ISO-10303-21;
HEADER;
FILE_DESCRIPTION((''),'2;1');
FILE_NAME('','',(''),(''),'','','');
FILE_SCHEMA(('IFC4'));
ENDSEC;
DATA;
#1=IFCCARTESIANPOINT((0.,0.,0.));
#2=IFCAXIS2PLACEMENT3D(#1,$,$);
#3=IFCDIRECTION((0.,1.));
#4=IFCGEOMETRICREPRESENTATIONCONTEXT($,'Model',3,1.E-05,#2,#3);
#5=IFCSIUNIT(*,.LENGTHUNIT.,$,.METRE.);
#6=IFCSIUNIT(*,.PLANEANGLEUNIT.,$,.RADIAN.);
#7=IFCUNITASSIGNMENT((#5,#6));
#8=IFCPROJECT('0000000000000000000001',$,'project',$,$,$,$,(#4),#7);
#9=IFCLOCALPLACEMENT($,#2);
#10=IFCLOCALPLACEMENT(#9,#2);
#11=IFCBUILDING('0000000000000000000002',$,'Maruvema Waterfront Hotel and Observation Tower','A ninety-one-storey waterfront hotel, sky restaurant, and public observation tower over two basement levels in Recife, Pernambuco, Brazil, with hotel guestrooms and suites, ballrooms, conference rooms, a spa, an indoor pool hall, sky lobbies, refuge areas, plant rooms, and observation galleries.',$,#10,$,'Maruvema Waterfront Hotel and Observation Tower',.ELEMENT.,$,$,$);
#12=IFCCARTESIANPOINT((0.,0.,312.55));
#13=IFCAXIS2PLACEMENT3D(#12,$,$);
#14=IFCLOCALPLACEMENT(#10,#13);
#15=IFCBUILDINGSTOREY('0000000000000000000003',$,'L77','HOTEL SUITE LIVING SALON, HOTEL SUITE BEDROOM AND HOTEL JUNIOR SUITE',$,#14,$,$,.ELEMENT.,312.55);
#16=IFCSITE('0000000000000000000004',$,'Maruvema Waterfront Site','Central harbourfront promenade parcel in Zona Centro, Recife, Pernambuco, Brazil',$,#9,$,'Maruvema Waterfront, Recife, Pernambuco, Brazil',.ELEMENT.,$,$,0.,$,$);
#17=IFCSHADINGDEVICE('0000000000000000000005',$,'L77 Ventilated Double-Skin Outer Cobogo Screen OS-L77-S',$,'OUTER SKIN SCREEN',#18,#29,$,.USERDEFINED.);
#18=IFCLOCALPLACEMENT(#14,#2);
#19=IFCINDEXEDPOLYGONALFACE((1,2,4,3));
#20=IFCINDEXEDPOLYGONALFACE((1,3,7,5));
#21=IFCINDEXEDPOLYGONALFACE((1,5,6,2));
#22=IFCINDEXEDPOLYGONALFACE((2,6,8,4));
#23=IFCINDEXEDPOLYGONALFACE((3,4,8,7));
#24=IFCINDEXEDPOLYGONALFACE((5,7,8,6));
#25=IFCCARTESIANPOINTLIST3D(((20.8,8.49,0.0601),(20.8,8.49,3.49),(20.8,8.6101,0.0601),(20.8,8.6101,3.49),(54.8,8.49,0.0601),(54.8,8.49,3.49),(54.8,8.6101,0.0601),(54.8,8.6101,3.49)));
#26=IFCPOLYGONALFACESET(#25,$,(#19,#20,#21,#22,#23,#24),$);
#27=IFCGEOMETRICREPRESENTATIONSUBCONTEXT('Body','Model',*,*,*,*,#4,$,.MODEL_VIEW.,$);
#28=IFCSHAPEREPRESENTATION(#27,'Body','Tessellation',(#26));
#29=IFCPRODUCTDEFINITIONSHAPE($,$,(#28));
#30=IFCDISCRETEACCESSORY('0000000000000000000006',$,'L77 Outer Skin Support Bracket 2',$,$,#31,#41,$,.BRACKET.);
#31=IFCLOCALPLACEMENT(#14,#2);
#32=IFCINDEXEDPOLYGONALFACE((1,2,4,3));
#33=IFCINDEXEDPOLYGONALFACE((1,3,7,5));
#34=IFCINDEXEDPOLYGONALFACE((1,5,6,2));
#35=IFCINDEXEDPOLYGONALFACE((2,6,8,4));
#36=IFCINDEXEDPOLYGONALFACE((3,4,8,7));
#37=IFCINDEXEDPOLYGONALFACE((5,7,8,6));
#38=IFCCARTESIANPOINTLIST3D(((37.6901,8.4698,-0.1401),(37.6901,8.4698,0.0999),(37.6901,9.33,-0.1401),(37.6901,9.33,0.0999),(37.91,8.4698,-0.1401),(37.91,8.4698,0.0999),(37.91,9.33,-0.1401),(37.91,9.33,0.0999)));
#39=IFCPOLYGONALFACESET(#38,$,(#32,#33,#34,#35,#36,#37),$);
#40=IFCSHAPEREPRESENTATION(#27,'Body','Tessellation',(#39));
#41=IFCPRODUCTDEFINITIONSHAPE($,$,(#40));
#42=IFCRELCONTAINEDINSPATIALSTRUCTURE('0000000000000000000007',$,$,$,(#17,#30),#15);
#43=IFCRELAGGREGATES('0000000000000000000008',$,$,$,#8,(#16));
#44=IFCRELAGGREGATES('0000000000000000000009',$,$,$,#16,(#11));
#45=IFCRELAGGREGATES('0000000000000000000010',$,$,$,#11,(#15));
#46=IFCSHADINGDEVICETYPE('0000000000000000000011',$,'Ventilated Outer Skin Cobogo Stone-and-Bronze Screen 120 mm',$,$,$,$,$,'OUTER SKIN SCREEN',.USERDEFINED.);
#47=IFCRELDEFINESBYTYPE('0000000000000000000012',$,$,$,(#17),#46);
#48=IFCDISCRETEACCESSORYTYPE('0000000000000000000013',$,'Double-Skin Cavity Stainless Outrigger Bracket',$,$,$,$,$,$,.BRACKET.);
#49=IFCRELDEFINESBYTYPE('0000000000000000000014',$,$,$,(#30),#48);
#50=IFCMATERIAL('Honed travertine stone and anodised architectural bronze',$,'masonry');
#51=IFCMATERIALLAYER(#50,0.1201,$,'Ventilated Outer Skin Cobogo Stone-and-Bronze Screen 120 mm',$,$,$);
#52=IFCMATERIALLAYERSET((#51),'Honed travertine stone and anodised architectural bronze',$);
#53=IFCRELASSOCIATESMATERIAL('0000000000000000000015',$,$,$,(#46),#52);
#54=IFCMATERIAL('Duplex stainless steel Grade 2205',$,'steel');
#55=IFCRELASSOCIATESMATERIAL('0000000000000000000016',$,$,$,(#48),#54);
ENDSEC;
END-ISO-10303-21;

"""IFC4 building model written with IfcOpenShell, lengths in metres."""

from ifc_helpers import new_model, si_unit, direction, frame, origin, origin_2d, place, context, subcontext, project, spatial, rectangle, extrude, material, layer, layer_set, type_object, element, save


model = new_model("IFC4")

# Units and contexts
model_context = context("Model", 3, precision=1e-05, world=origin(), true_north=direction((0.0, 1.0)))
body_context = subcontext(model_context, "Body", "Model", "MODEL_VIEW")
ifc_project = project(units=[si_unit("LENGTHUNIT", "METRE"), si_unit("PLANEANGLEUNIT", "RADIAN")], contexts=[model_context])

# Site, building, storey
site_placement = place(None, origin())
site = spatial("IfcSite", under=ifc_project, at=site_placement, Name="Maruvema Waterfront Site", Description="Central harbourfront promenade parcel in Zona Centro, Recife, Pernambuco, Brazil", LongName="Maruvema Waterfront, Recife, Pernambuco, Brazil", CompositionType="ELEMENT", RefElevation=0.0)
building_placement = place(site_placement, origin())
building = spatial("IfcBuilding", under=site, at=building_placement, Name="Maruvema Waterfront Hotel and Observation Tower", Description="A ninety-one-storey waterfront hotel, sky restaurant, and public observation tower over two basement levels in Recife, Pernambuco, Brazil, with hotel guestrooms and suites, ballrooms, conference rooms, a spa, an indoor pool hall, sky lobbies, refuge areas, plant rooms, and observation galleries.", LongName="Maruvema Waterfront Hotel and Observation Tower", CompositionType="ELEMENT")
storey_placement = place(building_placement, frame((0.0, 0.0, 312.55)))
storey = spatial("IfcBuildingStorey", under=building, at=storey_placement, Name="L77", Description="HOTEL SUITE LIVING SALON, HOTEL SUITE BEDROOM AND HOTEL JUNIOR SUITE", CompositionType="ELEMENT", Elevation=312.55)

# Shading device
ifc_material_1 = material(Name="Honed travertine stone and anodised architectural bronze", Category="masonry")
ifc_layer_1 = layer(ifc_material_1, 0.1201, Name="Ventilated Outer Skin Cobogo Stone-and-Bronze Screen 120 mm")
ifc_layer_set_1 = layer_set([ifc_layer_1], Name="Honed travertine stone and anodised architectural bronze")
shading_device_type = type_object("IfcShadingDeviceType", Name="Ventilated Outer Skin Cobogo Stone-and-Bronze Screen 120 mm", ElementType="OUTER SKIN SCREEN", PredefinedType="USERDEFINED", material=ifc_layer_set_1)
shading_device_placement = place(storey_placement, frame((37.8, 8.55, 0.0601), z_axis=(0.0, 0.0, 1.0), x_axis=(1.0, 0.0, 0.0)))
element("IfcShadingDevice", 1, at=shading_device_placement, inside=storey, type_object=shading_device_type, Name="L77 Ventilated Double-Skin Outer Cobogo Screen OS-L77-S", ObjectType="OUTER SKIN SCREEN", PredefinedType="USERDEFINED", context=body_context, shape_type="SweptSolid", body=[
    extrude(rectangle(XDim=34.0, YDim=0.1201, at=origin_2d()), origin(), (0.0, 0.0, 1.0), 3.4299),
])

# Discrete accessory
ifc_material_2 = material(Name="Duplex stainless steel Grade 2205", Category="steel")
discrete_accessory_type = type_object("IfcDiscreteAccessoryType", Name="Double-Skin Cavity Stainless Outrigger Bracket", PredefinedType="BRACKET", material=ifc_material_2)
discrete_accessory_placement = place(storey_placement, frame((37.8, 8.8999, -0.1401), z_axis=(0.0, 0.0, 1.0), x_axis=(1.0, 0.0, 0.0)))
element("IfcDiscreteAccessory", 2, at=discrete_accessory_placement, inside=storey, type_object=discrete_accessory_type, Name="L77 Outer Skin Support Bracket 2", PredefinedType="BRACKET", context=body_context, shape_type="SweptSolid", body=[
    extrude(rectangle(XDim=0.22, YDim=0.8601, at=origin_2d()), origin(), (0.0, 0.0, 1.0), 0.24),
])

save(model, "model.ifc")
